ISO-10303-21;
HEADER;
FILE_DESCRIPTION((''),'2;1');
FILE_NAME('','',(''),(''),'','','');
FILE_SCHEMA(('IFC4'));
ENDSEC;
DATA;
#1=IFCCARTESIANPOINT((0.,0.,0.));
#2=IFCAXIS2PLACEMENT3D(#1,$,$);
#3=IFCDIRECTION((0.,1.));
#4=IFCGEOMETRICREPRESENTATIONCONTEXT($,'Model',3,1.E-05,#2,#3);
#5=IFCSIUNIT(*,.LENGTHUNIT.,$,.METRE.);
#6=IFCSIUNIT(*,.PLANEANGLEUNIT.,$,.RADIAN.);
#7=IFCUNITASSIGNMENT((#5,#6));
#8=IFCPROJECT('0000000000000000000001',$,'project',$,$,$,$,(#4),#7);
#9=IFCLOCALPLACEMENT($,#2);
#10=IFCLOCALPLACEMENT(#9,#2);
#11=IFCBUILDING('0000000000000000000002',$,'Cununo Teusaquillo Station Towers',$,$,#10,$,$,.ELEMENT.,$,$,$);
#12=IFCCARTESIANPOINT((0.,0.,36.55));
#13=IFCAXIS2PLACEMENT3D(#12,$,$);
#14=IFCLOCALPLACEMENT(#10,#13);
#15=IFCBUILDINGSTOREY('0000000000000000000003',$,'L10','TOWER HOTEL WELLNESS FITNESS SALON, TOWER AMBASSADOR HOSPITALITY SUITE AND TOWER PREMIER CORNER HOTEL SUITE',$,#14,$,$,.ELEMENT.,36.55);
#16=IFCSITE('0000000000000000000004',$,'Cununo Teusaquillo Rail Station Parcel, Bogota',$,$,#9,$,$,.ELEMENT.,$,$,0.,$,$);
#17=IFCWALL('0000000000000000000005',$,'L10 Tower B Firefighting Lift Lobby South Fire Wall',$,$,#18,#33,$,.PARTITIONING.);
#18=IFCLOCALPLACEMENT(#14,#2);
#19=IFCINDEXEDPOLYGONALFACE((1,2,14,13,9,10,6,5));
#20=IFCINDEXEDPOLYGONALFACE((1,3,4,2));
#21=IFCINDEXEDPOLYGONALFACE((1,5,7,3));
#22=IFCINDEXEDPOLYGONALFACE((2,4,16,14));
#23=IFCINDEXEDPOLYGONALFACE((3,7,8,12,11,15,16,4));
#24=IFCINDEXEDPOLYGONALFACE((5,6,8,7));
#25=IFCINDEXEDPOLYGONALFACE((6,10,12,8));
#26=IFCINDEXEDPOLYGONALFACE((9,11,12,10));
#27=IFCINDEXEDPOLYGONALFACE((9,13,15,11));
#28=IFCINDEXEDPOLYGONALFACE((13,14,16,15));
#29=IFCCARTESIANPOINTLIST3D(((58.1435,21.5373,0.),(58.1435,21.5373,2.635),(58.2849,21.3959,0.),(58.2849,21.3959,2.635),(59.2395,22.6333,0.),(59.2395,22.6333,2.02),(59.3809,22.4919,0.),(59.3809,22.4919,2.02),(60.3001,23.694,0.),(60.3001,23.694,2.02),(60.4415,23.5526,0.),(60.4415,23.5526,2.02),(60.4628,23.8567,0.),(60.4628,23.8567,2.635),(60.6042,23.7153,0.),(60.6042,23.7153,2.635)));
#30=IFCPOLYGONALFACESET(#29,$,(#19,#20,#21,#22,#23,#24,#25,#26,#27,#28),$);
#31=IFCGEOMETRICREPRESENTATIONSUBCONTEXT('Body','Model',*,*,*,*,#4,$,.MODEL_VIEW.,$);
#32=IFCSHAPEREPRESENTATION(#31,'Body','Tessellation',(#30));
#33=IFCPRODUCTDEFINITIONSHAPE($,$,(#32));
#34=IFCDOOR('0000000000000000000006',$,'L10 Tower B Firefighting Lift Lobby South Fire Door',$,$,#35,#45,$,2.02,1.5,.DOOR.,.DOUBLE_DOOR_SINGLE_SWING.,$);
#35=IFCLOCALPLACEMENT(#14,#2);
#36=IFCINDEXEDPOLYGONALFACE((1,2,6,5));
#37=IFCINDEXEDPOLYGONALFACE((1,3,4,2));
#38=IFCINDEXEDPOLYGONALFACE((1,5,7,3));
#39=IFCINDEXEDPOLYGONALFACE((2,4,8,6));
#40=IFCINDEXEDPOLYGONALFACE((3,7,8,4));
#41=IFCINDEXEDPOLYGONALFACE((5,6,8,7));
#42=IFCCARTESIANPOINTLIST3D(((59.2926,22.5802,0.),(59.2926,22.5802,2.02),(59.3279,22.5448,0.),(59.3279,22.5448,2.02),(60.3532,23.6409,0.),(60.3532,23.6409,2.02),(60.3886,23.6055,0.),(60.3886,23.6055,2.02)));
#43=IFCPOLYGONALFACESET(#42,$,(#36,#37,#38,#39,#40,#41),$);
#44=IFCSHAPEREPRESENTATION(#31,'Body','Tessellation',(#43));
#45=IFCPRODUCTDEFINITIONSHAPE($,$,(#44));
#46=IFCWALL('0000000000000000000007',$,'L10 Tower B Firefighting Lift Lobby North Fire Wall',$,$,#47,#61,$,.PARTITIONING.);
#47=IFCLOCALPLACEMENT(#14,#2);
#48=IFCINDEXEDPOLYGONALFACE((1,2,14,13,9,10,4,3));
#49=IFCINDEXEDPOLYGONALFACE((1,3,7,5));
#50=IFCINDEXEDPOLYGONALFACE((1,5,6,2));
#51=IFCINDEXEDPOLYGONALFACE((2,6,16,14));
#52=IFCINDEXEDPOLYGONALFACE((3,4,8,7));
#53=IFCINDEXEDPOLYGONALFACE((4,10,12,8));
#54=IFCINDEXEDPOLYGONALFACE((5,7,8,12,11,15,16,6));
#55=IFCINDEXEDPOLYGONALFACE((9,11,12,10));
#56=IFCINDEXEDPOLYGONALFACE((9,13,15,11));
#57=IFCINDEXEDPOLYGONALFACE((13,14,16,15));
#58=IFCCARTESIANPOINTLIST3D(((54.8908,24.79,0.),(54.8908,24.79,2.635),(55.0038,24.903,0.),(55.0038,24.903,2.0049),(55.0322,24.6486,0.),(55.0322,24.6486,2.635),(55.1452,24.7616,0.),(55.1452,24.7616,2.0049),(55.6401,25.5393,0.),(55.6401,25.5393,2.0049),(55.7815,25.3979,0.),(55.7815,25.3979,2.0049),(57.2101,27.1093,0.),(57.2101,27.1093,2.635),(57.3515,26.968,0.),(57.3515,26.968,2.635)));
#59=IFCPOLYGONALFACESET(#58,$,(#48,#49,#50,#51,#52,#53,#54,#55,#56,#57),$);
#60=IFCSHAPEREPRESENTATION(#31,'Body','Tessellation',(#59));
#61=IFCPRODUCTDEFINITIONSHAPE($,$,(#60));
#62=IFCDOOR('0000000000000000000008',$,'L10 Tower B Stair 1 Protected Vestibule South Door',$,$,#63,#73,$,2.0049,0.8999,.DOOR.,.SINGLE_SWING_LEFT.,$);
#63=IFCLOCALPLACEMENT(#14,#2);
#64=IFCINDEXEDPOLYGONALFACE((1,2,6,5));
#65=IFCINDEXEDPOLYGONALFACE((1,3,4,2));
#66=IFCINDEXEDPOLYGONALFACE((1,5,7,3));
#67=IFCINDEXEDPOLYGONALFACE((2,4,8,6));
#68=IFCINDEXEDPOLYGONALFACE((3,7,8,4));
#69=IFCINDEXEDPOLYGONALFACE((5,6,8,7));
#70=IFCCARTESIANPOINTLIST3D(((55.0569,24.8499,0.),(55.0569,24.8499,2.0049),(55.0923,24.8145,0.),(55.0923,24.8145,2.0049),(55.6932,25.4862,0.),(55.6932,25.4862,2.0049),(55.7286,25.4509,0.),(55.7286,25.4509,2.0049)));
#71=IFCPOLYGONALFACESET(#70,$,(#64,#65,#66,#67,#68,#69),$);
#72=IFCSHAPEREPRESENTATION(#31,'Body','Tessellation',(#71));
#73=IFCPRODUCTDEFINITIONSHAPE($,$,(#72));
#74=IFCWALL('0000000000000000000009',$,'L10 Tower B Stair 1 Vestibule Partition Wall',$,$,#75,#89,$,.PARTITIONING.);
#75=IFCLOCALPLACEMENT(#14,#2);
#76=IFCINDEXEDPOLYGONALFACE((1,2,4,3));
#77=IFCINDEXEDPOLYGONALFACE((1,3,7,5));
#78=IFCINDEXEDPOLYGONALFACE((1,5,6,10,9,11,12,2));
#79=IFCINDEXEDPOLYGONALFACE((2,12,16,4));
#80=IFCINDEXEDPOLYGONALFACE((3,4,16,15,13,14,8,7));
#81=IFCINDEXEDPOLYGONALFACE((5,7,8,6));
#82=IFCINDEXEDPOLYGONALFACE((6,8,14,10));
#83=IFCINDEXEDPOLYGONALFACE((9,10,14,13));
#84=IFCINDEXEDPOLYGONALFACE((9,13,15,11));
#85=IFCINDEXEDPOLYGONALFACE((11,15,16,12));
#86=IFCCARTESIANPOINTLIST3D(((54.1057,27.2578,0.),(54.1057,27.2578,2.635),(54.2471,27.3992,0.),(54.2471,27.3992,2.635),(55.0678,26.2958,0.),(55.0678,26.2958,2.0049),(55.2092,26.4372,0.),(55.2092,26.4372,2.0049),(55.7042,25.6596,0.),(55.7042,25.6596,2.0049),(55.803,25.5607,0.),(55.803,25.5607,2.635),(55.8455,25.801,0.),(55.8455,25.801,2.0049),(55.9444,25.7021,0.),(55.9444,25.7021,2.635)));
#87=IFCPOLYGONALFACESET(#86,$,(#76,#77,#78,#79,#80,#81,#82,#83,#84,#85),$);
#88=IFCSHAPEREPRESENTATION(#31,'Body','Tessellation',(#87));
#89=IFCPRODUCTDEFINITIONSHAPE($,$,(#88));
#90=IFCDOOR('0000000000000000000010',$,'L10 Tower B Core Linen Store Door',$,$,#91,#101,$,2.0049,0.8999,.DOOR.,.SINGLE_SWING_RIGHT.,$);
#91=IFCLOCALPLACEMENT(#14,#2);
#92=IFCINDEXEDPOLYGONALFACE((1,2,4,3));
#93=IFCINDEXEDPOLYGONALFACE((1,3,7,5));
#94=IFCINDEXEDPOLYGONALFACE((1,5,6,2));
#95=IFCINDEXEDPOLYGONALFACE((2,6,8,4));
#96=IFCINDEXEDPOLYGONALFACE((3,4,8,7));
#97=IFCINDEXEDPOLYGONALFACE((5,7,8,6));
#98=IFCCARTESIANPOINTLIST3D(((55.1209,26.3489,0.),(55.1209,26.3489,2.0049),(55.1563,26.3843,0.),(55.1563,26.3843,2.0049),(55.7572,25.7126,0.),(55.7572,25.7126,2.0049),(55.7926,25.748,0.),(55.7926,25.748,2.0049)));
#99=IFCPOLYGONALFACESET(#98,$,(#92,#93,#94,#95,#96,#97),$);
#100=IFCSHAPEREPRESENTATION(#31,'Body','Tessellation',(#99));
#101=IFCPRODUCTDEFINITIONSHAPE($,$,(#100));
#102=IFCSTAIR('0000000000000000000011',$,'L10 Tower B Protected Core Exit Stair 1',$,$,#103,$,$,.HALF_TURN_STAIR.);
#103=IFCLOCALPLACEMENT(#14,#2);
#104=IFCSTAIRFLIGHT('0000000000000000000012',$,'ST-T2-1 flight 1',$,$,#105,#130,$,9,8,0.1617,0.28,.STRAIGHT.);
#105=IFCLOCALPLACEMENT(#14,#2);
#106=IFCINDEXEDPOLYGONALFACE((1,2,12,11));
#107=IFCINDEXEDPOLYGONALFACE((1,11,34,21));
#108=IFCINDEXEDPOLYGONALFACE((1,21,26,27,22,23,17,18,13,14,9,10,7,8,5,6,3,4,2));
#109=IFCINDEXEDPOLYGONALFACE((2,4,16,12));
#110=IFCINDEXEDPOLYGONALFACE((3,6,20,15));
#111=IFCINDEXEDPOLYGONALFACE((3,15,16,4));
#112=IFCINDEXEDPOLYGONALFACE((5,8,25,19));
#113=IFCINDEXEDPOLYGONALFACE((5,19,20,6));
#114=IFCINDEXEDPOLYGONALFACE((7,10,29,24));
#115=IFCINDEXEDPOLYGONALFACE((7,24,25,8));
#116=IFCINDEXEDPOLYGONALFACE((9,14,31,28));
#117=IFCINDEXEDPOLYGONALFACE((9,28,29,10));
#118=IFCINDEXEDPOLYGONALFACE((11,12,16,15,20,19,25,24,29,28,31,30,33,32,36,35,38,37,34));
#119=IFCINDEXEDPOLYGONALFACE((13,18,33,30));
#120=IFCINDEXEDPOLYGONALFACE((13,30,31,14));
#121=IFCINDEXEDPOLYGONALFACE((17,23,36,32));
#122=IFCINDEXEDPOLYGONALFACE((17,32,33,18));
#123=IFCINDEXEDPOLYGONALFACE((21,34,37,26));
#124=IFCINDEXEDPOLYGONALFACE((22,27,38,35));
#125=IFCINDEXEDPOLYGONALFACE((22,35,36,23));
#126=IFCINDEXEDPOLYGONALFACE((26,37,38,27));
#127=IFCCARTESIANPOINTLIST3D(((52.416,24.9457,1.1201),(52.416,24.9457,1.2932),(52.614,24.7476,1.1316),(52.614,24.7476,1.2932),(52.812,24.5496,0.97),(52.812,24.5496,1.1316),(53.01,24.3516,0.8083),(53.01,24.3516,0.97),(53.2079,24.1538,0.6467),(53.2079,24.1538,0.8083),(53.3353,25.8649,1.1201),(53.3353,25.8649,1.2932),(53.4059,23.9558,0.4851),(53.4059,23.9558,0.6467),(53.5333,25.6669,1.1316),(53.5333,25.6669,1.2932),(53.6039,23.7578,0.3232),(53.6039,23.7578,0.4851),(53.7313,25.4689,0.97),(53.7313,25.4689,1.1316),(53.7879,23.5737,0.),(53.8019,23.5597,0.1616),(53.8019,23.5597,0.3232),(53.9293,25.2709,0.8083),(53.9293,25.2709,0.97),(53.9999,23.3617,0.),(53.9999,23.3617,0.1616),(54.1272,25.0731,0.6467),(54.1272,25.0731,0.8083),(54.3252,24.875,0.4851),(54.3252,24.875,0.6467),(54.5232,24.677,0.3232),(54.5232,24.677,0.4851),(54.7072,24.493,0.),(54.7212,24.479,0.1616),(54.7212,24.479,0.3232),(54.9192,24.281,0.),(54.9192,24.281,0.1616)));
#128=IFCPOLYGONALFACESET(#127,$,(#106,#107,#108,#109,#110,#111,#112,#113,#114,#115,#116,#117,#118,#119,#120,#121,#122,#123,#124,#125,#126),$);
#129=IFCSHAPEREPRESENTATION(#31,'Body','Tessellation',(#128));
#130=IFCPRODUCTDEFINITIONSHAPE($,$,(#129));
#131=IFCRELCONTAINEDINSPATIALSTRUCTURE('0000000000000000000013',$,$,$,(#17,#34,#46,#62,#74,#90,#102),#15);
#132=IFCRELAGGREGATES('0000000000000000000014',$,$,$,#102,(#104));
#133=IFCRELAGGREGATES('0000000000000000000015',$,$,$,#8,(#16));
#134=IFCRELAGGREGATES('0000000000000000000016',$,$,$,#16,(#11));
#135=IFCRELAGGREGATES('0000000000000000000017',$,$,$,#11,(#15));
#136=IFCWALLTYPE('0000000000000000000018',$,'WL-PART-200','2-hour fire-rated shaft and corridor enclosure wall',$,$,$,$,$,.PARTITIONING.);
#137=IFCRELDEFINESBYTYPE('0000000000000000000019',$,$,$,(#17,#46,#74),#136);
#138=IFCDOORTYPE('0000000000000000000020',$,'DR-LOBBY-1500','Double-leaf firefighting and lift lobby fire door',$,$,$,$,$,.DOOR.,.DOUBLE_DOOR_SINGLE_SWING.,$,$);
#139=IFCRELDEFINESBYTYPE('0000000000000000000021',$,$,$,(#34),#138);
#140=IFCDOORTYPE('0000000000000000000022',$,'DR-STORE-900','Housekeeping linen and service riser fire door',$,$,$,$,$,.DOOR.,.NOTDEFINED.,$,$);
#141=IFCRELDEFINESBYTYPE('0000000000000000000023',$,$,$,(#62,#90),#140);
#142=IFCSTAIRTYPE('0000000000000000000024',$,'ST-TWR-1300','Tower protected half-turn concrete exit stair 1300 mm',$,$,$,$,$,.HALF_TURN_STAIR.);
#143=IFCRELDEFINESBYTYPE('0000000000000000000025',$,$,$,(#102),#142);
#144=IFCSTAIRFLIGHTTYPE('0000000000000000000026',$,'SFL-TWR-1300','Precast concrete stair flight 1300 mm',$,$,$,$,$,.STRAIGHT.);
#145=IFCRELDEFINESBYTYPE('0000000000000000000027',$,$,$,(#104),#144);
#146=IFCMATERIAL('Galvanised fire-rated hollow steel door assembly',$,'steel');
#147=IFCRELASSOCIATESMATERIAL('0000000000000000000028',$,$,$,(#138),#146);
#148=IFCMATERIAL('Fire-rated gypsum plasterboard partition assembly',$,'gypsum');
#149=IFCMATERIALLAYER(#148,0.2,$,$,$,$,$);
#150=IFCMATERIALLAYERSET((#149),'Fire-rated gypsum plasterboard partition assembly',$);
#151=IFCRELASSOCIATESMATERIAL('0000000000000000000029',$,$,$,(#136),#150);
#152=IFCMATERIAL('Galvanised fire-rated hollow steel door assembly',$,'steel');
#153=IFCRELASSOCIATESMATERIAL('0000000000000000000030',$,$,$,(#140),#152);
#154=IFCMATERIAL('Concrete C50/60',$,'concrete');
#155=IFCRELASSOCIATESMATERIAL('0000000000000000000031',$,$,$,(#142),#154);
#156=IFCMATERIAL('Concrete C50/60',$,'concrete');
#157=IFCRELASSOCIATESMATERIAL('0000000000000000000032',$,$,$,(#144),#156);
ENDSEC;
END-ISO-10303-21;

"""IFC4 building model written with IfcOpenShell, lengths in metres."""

from ifc_helpers import new_model, si_unit, direction, frame, frame_2d, origin, place, context, subcontext, project, spatial, polyline, rectangle, outline, extrude, source, transform, mapped, material, layer, layer_set, type_object, element, fill, aggregate, save


model = new_model("IFC4")

# Units and contexts
model_context = context("Model", 3, precision=1e-05, world=origin(), true_north=direction((0.0, 1.0)))
body_context = subcontext(model_context, "Body", "Model", "MODEL_VIEW")
ifc_project = project(units=[si_unit("LENGTHUNIT", "METRE"), si_unit("PLANEANGLEUNIT", "RADIAN")], contexts=[model_context])

# Site, building, storey
site_placement = place(None, origin())
site = spatial("IfcSite", under=ifc_project, at=site_placement, Name="Cununo Teusaquillo Rail Station Parcel, Bogota", CompositionType="ELEMENT", RefElevation=0.0)
building_placement = place(site_placement, origin())
building = spatial("IfcBuilding", under=site, at=building_placement, Name="Cununo Teusaquillo Station Towers", CompositionType="ELEMENT")
storey_placement = place(building_placement, frame((0.0, 0.0, 36.55)))
storey = spatial("IfcBuildingStorey", under=building, at=storey_placement, Name="L10", Description="TOWER HOTEL WELLNESS FITNESS SALON, TOWER AMBASSADOR HOSPITALITY SUITE AND TOWER PREMIER CORNER HOTEL SUITE", CompositionType="ELEMENT", Elevation=36.55)

# Shared definitions
ifc_material_1 = material(Name="Galvanised fire-rated hollow steel door assembly", Category="steel")
door_type_1 = type_object("IfcDoorType", Name="DR-LOBBY-1500", Description="Double-leaf firefighting and lift lobby fire door", OperationType="DOUBLE_DOOR_SINGLE_SWING", PredefinedType="DOOR", material=ifc_material_1)
shared_shape_1 = source(origin(), body_context, "Body", "SweptSolid", [
    extrude(rectangle(XDim=1.5, YDim=2.02, at=frame_2d((0.75, 1.01))), frame((0.0, 0.0249, 0.0), z_axis=(0.0, -1.0, 0.0), x_axis=(1.0, 0.0, 0.0)), (0.0, 0.0, 1.0), 0.05),
])

# Shared definitions
shared_shape_2 = source(origin(), body_context, "Body", "SweptSolid", [
    extrude(rectangle(XDim=0.8999, YDim=2.0049, at=frame_2d((0.45, 1.0024))), frame((0.0, 0.0249, 0.0), z_axis=(0.0, -1.0, 0.0), x_axis=(1.0, 0.0, 0.0)), (0.0, 0.0, 1.0), 0.05),
])

# Walls, openings, doors
ifc_material_2 = material(Name="Fire-rated gypsum plasterboard partition assembly", Category="gypsum")
ifc_layer_1 = layer(ifc_material_2, 0.2)
ifc_layer_set_1 = layer_set([ifc_layer_1], Name="Fire-rated gypsum plasterboard partition assembly")
wall_type_1 = type_object("IfcWallType", Name="WL-PART-200", Description="2-hour fire-rated shaft and corridor enclosure wall", PredefinedType="PARTITIONING", material=ifc_layer_set_1)
wall_1_placement = place(storey_placement, frame((58.2141, 21.4666, 0.0), z_axis=(0.0, 0.0, 1.0), x_axis=(0.707107, 0.707107, 0.0)))
wall_1 = element("IfcWall", 1, at=wall_1_placement, inside=storey, type_object=wall_type_1, Name="L10 Tower B Firefighting Lift Lobby South Fire Wall", PredefinedType="PARTITIONING", context=body_context, shape_type="SweptSolid", body=[
    extrude(rectangle(XDim=3.28, YDim=0.2, at=frame_2d((1.6401, 0.0))), origin(), (0.0, 0.0, 1.0), 2.635),
])
shared_shape_3 = source(origin(), body_context, "Body", "SweptSolid", [
    extrude(rectangle(XDim=1.5, YDim=2.02, at=frame_2d((0.75, 1.01))), frame((0.0, 0.1099, 0.0), z_axis=(0.0, -1.0, 0.0), x_axis=(1.0, 0.0, 0.0)), (0.0, 0.0, 1.0), 0.22),
])
opening_1_placement = place(wall_1_placement, frame((1.55, 0.0, 0.0)))
opening_1 = element("IfcOpeningElement", 2, at=opening_1_placement, cuts=wall_1, PredefinedType="OPENING", context=body_context, shape_type="MappedRepresentation", body=[
    mapped(shared_shape_3, transform((0.0, 0.0, 0.0), x_axis=(1.0, 0.0, 0.0), y_axis=(0.0, 1.0, 0.0), z_axis=(0.0, 0.0, 1.0), scale=1.0)),
])
door_1_placement = place(opening_1_placement, origin())
door_1 = element("IfcDoor", 3, at=door_1_placement, inside=storey, type_object=door_type_1, Name="L10 Tower B Firefighting Lift Lobby South Fire Door", OperationType="DOUBLE_DOOR_SINGLE_SWING", OverallHeight=2.02, OverallWidth=1.5, PredefinedType="DOOR", context=body_context, shape_type="MappedRepresentation", body=[
    mapped(shared_shape_1, transform((0.0, 0.0, 0.0), x_axis=(1.0, 0.0, 0.0), y_axis=(0.0, 1.0, 0.0), z_axis=(0.0, 0.0, 1.0), scale=1.0)),
])
fill(opening_1, door_1)
wall_2_placement = place(storey_placement, frame((54.9614, 24.7192, 0.0), z_axis=(0.0, 0.0, 1.0), x_axis=(0.707107, 0.707107, 0.0)))
wall_2 = element("IfcWall", 4, at=wall_2_placement, inside=storey, type_object=wall_type_1, Name="L10 Tower B Firefighting Lift Lobby North Fire Wall", PredefinedType="PARTITIONING", context=body_context, shape_type="SweptSolid", body=[
    extrude(rectangle(XDim=3.28, YDim=0.2, at=frame_2d((1.6401, 0.0))), origin(), (0.0, 0.0, 1.0), 2.635),
])
shared_shape_4 = source(origin(), body_context, "Body", "SweptSolid", [
    extrude(rectangle(XDim=0.8999, YDim=2.0049, at=frame_2d((0.45, 1.0024))), frame((0.0, 0.1099, 0.0), z_axis=(0.0, -1.0, 0.0), x_axis=(1.0, 0.0, 0.0)), (0.0, 0.0, 1.0), 0.22),
])
opening_2_placement = place(wall_2_placement, frame((0.1599, 0.0, 0.0)))
opening_2 = element("IfcOpeningElement", 5, at=opening_2_placement, cuts=wall_2, PredefinedType="OPENING", context=body_context, shape_type="MappedRepresentation", body=[
    mapped(shared_shape_4, transform((0.0, 0.0, 0.0), x_axis=(1.0, 0.0, 0.0), y_axis=(0.0, 1.0, 0.0), z_axis=(0.0, 0.0, 1.0), scale=1.0)),
])
ifc_material_3 = material(Name="Galvanised fire-rated hollow steel door assembly", Category="steel")
door_type_2 = type_object("IfcDoorType", Name="DR-STORE-900", Description="Housekeeping linen and service riser fire door", OperationType="NOTDEFINED", PredefinedType="DOOR", material=ifc_material_3)
door_2_placement = place(opening_2_placement, origin())
door_2 = element("IfcDoor", 6, at=door_2_placement, inside=storey, type_object=door_type_2, Name="L10 Tower B Stair 1 Protected Vestibule South Door", OperationType="SINGLE_SWING_LEFT", OverallHeight=2.0049, OverallWidth=0.8999, PredefinedType="DOOR", context=body_context, shape_type="MappedRepresentation", body=[
    mapped(shared_shape_2, transform((0.0, 0.0, 0.0), x_axis=(1.0, 0.0, 0.0), y_axis=(0.0, 1.0, 0.0), z_axis=(0.0, 0.0, 1.0), scale=1.0)),
])
fill(opening_2, door_2)
wall_3_placement = place(storey_placement, frame((55.8738, 25.6313, 0.0), z_axis=(0.0, 0.0, 1.0), x_axis=(-0.707158, 0.707056, 0.0)))
wall_3 = element("IfcWall", 7, at=wall_3_placement, inside=storey, type_object=wall_type_1, Name="L10 Tower B Stair 1 Vestibule Partition Wall", PredefinedType="PARTITIONING", context=body_context, shape_type="SweptSolid", body=[
    extrude(rectangle(XDim=2.4001, YDim=0.2, at=frame_2d((1.2002, 0.0))), origin(), (0.0, 0.0, 1.0), 2.635),
])
opening_3_placement = place(wall_3_placement, frame((0.1399, 0.0, 0.0)))
opening_3 = element("IfcOpeningElement", 8, at=opening_3_placement, cuts=wall_3, PredefinedType="OPENING", context=body_context, shape_type="MappedRepresentation", body=[
    mapped(shared_shape_4, transform((0.0, 0.0, 0.0), x_axis=(1.0, 0.0, 0.0), y_axis=(0.0, 1.0, 0.0), z_axis=(0.0, 0.0, 1.0), scale=1.0)),
])
door_3_placement = place(opening_3_placement, origin())
door_3 = element("IfcDoor", 9, at=door_3_placement, inside=storey, type_object=door_type_2, Name="L10 Tower B Core Linen Store Door", OperationType="SINGLE_SWING_RIGHT", OverallHeight=2.0049, OverallWidth=0.8999, PredefinedType="DOOR", context=body_context, shape_type="MappedRepresentation", body=[
    mapped(shared_shape_2, transform((0.0, 0.0, 0.0), x_axis=(1.0, 0.0, 0.0), y_axis=(0.0, 1.0, 0.0), z_axis=(0.0, 0.0, 1.0), scale=1.0)),
])
fill(opening_3, door_3)

# Stair, stair flight
ifc_material_4 = material(Name="Concrete C50/60", Category="concrete")
stair_type = type_object("IfcStairType", Name="ST-TWR-1300", Description="Tower protected half-turn concrete exit stair 1300 mm", PredefinedType="HALF_TURN_STAIR", material=ifc_material_4)
stair_placement = place(storey_placement, origin())
stair = element("IfcStair", 10, at=stair_placement, inside=storey, type_object=stair_type, Name="L10 Tower B Protected Core Exit Stair 1", PredefinedType="HALF_TURN_STAIR")
ifc_material_5 = material(Name="Concrete C50/60", Category="concrete")
stair_flight_type = type_object("IfcStairFlightType", Name="SFL-TWR-1300", Description="Precast concrete stair flight 1300 mm", PredefinedType="STRAIGHT", material=ifc_material_5)
stair_flight_placement = place(storey_placement, frame((54.4595, 23.8213, 0.0), z_axis=(0.0, 0.0, 1.0), x_axis=(-0.707107, 0.707107, 0.0)))
stair_flight = element("IfcStairFlight", 11, at=stair_flight_placement, type_object=stair_flight_type, Name="ST-T2-1 flight 1", NumberOfRisers=9, NumberOfTreads=8, PredefinedType="STRAIGHT", RiserHeight=0.1617, TreadLength=0.28, context=body_context, shape_type="SweptSolid", body=[
    extrude(outline(polyline([(0.0, 0.0), (0.0, 0.1616), (0.28, 0.1616), (0.28, 0.3232), (0.5601, 0.3232), (0.5601, 0.4851), (0.8401, 0.4851), (0.8401, 0.6467), (1.1201, 0.6467), (1.1201, 0.8083), (1.3999, 0.8083), (1.3999, 0.97), (1.6799, 0.97), (1.6799, 1.1316), (1.96, 1.1316), (1.96, 1.2932), (2.24, 1.2932), (2.24, 1.4551), (2.24, 1.1201), (0.2998, 0.0), (0.0, 0.0)])), frame((0.0, 0.6499, 0.0), z_axis=(0.0, -1.0, 0.0), x_axis=(1.0, 0.0, 0.0)), (0.0, 0.0, 1.0), 1.3),
])
aggregate(stair, [stair_flight])

save(model, "model.ifc")
